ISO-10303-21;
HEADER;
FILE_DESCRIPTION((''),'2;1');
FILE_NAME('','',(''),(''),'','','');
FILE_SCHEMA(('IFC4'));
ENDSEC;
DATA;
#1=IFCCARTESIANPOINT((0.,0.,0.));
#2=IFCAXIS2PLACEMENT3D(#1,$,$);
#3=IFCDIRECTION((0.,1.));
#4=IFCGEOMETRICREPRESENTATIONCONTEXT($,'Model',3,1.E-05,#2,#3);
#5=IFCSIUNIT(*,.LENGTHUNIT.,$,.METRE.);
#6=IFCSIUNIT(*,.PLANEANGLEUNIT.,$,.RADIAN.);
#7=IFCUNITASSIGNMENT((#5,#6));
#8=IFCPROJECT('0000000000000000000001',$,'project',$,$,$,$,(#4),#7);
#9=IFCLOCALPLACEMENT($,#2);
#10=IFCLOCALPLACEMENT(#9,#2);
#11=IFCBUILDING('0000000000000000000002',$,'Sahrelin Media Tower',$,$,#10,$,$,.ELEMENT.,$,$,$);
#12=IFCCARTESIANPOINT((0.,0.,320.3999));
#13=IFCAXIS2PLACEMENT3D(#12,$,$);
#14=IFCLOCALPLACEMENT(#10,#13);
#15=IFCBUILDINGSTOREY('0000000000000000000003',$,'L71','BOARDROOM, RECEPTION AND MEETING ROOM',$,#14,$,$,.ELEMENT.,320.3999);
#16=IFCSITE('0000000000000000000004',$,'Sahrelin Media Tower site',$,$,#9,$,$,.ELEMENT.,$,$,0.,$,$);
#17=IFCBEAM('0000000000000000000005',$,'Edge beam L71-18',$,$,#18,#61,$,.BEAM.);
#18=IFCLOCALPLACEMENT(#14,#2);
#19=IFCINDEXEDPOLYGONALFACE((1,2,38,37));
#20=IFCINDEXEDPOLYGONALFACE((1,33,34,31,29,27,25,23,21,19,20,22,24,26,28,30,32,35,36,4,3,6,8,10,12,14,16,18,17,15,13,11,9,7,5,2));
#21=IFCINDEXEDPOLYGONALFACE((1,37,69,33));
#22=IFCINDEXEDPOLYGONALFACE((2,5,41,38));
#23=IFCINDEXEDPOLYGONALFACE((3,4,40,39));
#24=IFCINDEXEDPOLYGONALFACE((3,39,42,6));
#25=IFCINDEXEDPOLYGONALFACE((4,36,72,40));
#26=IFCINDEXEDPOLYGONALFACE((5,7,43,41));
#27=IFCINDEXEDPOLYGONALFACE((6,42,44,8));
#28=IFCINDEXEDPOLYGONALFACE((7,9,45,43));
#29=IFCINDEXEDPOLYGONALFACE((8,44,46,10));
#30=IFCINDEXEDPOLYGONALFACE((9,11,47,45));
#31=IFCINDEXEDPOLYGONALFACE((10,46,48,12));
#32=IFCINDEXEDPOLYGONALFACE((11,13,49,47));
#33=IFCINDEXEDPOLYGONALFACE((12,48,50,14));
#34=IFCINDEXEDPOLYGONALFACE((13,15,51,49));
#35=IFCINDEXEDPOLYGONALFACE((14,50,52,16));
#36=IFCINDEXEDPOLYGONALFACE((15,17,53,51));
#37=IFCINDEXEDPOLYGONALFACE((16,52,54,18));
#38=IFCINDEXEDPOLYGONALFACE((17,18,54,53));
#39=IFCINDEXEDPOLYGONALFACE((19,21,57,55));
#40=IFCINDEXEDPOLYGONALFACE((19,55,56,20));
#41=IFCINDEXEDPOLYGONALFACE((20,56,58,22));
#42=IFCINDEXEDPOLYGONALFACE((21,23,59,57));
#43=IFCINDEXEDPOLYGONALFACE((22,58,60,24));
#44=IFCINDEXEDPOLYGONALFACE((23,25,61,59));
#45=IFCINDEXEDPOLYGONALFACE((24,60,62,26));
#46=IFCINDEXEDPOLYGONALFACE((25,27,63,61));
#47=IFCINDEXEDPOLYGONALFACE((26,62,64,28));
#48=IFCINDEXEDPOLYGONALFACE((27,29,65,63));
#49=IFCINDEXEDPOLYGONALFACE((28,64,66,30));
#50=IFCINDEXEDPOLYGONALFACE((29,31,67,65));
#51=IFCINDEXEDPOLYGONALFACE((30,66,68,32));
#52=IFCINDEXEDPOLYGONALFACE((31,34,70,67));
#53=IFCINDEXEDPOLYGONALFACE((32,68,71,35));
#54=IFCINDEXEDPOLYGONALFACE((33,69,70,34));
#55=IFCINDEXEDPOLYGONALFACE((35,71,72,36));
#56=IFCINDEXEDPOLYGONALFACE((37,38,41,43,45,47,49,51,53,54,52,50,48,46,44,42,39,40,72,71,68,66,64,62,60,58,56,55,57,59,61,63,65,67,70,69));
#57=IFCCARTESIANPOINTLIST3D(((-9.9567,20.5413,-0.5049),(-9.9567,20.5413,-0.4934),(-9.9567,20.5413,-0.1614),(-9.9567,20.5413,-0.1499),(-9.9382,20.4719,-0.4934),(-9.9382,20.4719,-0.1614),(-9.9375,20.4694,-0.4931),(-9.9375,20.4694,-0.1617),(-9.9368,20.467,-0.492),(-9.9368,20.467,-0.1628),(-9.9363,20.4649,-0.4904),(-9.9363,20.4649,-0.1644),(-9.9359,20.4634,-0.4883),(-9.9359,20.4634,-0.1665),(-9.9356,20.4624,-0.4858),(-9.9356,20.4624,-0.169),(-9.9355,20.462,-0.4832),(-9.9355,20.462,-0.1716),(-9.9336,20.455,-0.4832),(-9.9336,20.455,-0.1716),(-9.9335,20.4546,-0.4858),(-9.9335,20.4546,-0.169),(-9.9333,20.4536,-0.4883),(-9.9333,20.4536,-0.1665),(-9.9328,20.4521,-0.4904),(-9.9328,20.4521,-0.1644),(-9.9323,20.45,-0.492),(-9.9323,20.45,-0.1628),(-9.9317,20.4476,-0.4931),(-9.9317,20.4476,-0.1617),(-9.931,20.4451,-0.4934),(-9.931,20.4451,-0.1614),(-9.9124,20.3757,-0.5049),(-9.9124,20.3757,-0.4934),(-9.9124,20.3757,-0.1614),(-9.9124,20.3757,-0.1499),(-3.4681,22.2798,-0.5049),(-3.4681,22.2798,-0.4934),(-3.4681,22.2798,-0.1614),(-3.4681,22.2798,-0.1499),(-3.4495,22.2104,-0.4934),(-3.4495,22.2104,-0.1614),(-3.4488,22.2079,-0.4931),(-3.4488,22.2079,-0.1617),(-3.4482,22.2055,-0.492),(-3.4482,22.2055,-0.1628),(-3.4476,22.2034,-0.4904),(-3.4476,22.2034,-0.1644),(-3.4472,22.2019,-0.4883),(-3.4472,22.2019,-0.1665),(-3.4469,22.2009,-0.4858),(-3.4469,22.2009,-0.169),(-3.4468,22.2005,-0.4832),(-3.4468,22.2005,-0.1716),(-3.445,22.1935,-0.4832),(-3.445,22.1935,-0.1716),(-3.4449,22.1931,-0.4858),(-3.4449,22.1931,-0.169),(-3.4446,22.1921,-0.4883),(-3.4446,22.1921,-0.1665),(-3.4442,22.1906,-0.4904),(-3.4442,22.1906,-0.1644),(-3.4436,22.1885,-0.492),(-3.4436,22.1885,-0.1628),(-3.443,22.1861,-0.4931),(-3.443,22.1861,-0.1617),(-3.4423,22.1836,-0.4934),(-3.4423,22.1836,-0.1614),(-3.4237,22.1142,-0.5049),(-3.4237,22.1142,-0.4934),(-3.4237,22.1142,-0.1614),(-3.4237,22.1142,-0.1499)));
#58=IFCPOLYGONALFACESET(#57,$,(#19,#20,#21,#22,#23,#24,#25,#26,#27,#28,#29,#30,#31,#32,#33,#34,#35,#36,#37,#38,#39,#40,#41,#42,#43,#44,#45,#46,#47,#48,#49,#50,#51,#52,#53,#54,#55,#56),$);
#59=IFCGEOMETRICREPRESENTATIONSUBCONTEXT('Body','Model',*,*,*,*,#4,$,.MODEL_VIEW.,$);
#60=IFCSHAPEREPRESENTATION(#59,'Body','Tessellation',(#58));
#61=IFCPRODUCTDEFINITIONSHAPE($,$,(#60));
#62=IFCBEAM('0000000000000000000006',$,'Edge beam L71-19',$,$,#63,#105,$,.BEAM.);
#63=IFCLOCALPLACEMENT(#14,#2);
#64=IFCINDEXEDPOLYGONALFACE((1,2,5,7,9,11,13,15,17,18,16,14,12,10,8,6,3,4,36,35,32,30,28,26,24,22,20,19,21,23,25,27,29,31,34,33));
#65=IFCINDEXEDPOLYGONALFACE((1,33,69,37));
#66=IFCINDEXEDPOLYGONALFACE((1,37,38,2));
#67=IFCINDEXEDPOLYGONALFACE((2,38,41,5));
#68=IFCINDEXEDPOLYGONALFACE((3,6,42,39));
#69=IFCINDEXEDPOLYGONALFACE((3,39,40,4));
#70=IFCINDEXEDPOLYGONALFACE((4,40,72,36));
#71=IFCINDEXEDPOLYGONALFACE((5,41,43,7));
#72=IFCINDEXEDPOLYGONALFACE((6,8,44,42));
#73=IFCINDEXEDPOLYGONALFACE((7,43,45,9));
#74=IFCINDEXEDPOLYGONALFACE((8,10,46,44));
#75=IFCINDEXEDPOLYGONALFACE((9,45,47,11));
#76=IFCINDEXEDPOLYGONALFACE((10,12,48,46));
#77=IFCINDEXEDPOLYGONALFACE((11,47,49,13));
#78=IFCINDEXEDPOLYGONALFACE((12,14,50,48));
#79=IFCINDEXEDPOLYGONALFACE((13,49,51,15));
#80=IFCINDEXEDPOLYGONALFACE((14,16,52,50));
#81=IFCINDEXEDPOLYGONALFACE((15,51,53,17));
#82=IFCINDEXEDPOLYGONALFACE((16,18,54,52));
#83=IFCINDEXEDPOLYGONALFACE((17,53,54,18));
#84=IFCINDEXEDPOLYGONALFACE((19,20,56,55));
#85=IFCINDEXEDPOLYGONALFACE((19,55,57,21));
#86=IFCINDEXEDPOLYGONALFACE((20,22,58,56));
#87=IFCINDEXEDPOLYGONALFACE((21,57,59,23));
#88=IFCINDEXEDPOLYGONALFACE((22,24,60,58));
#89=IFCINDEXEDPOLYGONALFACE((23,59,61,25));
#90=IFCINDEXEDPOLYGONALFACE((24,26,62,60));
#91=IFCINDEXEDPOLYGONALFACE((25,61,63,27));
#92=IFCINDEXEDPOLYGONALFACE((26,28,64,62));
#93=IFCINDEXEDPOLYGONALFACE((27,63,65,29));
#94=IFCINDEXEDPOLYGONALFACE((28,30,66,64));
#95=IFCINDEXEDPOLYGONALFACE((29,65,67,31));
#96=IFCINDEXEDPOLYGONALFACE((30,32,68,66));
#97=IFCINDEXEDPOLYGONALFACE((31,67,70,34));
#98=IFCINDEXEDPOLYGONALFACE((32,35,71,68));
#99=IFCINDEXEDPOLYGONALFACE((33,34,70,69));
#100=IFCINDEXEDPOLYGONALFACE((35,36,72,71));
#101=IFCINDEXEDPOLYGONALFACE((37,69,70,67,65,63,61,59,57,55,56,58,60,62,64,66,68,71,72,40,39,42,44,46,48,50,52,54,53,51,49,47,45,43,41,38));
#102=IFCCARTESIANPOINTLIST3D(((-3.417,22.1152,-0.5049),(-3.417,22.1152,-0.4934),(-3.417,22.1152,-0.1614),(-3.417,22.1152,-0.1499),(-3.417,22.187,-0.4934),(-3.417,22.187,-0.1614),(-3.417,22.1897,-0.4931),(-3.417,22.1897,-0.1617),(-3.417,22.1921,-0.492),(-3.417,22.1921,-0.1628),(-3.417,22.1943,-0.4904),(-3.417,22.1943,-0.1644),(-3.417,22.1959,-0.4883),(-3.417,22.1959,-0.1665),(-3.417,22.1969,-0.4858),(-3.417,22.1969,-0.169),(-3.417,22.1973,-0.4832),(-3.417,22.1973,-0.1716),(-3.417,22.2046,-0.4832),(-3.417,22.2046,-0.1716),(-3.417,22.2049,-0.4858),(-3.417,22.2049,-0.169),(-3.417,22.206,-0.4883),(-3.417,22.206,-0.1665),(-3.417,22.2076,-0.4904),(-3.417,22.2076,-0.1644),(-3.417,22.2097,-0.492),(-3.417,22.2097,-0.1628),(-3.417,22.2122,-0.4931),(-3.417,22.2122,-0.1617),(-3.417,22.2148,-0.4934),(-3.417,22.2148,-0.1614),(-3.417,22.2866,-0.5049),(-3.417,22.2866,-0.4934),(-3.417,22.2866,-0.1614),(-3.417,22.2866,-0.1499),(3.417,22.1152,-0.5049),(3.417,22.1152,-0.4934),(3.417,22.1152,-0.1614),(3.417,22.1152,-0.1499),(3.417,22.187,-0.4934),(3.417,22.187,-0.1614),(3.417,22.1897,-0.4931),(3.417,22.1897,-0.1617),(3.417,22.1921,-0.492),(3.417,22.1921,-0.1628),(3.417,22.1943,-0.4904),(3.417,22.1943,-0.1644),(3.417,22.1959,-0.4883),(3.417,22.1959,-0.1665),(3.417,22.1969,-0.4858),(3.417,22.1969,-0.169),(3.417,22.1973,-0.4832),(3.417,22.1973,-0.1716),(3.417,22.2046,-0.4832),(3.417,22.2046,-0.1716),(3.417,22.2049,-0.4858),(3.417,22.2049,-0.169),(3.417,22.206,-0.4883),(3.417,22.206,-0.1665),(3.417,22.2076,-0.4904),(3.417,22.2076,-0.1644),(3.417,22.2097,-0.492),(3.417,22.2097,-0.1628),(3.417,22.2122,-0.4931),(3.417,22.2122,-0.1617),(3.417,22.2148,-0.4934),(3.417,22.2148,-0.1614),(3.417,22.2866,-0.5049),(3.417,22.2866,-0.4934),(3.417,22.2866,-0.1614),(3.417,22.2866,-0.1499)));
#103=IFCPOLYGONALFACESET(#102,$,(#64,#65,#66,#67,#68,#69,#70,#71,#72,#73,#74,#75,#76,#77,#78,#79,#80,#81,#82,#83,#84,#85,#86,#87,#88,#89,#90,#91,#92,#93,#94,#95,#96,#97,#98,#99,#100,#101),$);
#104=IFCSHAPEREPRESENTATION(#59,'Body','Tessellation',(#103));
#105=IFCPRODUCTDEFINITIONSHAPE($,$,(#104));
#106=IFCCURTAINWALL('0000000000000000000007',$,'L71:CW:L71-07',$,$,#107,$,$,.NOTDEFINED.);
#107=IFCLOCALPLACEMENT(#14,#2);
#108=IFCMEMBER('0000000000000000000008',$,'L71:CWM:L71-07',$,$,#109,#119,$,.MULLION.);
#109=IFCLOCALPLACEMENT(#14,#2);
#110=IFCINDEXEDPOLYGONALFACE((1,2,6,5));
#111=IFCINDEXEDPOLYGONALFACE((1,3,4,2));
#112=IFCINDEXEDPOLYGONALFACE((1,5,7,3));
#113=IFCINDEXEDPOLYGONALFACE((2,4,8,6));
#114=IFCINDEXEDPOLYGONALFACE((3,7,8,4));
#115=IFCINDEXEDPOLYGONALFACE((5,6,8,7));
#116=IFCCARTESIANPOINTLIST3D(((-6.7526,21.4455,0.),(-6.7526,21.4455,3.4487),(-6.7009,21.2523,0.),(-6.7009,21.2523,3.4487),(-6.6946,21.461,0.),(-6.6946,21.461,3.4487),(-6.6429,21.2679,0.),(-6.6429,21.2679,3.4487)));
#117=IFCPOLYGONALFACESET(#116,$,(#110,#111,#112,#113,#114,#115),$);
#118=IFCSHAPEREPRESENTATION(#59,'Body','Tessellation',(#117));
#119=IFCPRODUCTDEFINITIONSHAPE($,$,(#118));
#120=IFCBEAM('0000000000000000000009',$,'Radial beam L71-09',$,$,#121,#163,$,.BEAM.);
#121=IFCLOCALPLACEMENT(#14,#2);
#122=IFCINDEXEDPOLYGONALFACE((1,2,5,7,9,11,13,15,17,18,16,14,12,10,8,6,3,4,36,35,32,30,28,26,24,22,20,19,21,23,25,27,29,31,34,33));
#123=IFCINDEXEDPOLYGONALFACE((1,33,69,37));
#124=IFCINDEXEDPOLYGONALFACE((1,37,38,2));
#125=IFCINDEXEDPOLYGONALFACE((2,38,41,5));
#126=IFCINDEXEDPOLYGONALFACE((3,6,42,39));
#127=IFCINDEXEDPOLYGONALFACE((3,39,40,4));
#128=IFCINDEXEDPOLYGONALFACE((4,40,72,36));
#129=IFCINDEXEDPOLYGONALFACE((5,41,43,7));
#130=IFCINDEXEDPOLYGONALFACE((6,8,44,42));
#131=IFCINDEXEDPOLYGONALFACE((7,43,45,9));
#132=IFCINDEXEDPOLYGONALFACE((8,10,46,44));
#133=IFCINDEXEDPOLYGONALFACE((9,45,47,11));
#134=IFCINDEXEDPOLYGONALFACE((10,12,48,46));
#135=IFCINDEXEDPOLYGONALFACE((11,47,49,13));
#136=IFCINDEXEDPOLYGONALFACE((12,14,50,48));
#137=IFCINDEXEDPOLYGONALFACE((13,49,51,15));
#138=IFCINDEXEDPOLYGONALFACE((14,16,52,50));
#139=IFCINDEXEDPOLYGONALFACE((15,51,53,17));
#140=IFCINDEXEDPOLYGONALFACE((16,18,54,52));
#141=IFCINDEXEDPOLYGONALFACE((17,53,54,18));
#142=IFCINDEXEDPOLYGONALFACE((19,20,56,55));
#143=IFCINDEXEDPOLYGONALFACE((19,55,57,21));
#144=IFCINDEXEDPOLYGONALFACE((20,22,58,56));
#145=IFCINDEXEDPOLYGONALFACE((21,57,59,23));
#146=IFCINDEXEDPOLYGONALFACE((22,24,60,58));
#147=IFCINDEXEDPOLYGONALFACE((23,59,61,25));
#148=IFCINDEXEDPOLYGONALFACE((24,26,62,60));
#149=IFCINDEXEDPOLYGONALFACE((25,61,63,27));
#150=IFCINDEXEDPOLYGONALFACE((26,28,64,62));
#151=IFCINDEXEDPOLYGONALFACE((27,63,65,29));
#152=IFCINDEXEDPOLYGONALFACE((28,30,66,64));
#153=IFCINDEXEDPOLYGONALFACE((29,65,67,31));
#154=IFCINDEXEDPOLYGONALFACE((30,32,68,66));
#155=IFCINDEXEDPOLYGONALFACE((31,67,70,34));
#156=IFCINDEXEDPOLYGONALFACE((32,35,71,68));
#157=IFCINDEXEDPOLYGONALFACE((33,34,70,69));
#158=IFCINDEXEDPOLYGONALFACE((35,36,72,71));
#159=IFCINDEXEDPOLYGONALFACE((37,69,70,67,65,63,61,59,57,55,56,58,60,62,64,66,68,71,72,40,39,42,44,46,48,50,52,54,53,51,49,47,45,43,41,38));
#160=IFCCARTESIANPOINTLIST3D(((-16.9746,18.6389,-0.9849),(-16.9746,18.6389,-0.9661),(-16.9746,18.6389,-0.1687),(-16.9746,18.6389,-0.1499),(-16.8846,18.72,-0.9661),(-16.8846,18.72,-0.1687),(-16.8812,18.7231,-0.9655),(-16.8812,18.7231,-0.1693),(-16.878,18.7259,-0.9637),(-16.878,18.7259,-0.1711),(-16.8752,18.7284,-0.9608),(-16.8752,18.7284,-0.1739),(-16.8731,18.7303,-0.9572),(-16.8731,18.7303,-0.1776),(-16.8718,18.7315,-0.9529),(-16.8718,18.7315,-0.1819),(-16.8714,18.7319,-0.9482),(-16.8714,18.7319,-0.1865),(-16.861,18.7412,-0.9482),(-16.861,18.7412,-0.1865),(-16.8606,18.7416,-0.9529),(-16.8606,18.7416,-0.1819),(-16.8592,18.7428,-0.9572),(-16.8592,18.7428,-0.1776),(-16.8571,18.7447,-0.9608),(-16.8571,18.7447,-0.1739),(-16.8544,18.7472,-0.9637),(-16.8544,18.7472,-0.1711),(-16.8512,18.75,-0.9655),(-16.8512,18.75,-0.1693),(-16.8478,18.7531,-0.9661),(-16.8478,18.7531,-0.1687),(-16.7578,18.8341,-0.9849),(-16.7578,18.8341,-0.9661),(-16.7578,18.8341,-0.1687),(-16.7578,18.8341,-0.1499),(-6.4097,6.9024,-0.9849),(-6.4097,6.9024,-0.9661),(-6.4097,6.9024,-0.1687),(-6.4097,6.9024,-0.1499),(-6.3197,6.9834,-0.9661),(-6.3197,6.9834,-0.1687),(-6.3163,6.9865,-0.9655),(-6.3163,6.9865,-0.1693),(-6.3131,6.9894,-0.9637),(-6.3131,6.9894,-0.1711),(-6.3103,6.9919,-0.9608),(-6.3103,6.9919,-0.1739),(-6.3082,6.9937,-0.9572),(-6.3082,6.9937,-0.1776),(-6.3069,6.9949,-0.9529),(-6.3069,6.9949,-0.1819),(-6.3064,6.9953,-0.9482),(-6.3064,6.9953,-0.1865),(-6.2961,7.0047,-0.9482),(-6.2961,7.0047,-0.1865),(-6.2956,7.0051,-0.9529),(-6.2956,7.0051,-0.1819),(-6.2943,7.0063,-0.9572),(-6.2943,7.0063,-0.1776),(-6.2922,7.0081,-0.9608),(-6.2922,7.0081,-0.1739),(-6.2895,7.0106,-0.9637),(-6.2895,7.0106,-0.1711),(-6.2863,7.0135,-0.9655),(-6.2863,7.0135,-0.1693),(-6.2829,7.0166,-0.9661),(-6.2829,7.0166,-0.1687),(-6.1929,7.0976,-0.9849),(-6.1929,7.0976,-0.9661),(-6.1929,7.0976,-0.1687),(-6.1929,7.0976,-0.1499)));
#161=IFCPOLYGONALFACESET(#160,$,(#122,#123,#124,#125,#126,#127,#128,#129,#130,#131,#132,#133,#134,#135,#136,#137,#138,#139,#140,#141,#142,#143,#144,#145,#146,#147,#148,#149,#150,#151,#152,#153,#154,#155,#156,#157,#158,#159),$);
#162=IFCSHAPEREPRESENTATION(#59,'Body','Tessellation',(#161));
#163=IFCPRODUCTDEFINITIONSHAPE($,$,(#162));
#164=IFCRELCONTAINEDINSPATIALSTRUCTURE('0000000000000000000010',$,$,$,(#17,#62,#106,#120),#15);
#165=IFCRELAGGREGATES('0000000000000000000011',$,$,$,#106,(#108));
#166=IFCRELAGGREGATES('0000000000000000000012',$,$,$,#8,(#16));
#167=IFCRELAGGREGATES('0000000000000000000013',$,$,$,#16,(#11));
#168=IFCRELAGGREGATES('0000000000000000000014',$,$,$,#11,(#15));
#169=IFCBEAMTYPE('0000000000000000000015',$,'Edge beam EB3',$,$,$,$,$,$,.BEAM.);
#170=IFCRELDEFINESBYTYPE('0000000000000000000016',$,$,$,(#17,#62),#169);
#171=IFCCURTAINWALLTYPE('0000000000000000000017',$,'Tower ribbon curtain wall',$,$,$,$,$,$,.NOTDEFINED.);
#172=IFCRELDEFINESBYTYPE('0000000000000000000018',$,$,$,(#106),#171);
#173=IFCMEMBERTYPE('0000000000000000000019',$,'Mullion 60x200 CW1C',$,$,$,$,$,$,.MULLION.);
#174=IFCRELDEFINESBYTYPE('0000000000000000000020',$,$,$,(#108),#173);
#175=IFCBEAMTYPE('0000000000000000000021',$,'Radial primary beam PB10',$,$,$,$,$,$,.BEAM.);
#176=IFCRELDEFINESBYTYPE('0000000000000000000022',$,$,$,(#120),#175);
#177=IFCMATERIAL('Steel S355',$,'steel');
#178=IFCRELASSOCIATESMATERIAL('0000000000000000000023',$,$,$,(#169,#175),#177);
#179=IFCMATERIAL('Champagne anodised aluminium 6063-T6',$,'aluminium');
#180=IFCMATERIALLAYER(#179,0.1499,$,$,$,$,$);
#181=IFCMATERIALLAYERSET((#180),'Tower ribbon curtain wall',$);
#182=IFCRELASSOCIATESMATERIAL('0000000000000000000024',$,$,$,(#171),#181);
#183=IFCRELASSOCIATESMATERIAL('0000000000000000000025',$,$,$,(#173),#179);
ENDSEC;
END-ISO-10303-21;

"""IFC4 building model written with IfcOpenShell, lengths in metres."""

from ifc_helpers import new_model, si_unit, direction, frame, origin, origin_2d, place, context, subcontext, project, spatial, rectangle, i_section, extrude, material, layer, layer_set, material_profile, profile_set, type_object, element, aggregate, save


model = new_model("IFC4")

# Units and contexts
model_context = context("Model", 3, precision=1e-05, world=origin(), true_north=direction((0.0, 1.0)))
body_context = subcontext(model_context, "Body", "Model", "MODEL_VIEW")
ifc_project = project(units=[si_unit("LENGTHUNIT", "METRE"), si_unit("PLANEANGLEUNIT", "RADIAN")], contexts=[model_context])

# Site, building, storey
site_placement = place(None, origin())
site = spatial("IfcSite", under=ifc_project, at=site_placement, Name="Sahrelin Media Tower site", CompositionType="ELEMENT", RefElevation=0.0)
building_placement = place(site_placement, origin())
building = spatial("IfcBuilding", under=site, at=building_placement, Name="Sahrelin Media Tower", CompositionType="ELEMENT")
storey_placement = place(building_placement, frame((0.0, 0.0, 320.3999)))
storey = spatial("IfcBuildingStorey", under=building, at=storey_placement, Name="L71", Description="BOARDROOM, RECEPTION AND MEETING ROOM", CompositionType="ELEMENT", Elevation=320.3999)

# Beams
ifc_material_1 = material(Name="Steel S355", Category="steel")
ifc_material_profile_1 = material_profile(ifc_material_1, i_section(OverallWidth=0.1714, OverallDepth=0.355, WebThickness=0.0073, FlangeThickness=0.0115, FilletRadius=0.0103, at=origin_2d()), Name="UB 356x171x51")
ifc_profile_set_1 = profile_set([ifc_material_profile_1], Name="Steel S355")
beam_type_1 = type_object("IfcBeamType", Name="Edge beam EB3", PredefinedType="BEAM", material=ifc_profile_set_1)
beam_1_placement = place(storey_placement, frame((-9.9346, 20.4585, -0.3274), z_axis=(0.965931, 0.2588, 0.0), x_axis=(-0.2588, 0.965931, 0.0)))
element("IfcBeam", 1, at=beam_1_placement, inside=storey, type_object=beam_type_1, Name="Edge beam L71-18", PredefinedType="BEAM", context=body_context, shape_type="SweptSolid", body=[
    extrude(i_section(OverallWidth=0.1714, OverallDepth=0.355, WebThickness=0.0073, FlangeThickness=0.0115, FilletRadius=0.0103, at=origin_2d()), origin(), (0.0, 0.0, 1.0), 6.7175),
])
beam_2_placement = place(storey_placement, frame((-3.417, 22.2009, -0.3274), z_axis=(1.0, 0.0, 0.0), x_axis=(0.0, 1.0, 0.0)))
element("IfcBeam", 2, at=beam_2_placement, inside=storey, type_object=beam_type_1, Name="Edge beam L71-19", PredefinedType="BEAM", context=body_context, shape_type="SweptSolid", body=[
    extrude(i_section(OverallWidth=0.1714, OverallDepth=0.355, WebThickness=0.0073, FlangeThickness=0.0115, FilletRadius=0.0103, at=origin_2d()), origin(), (0.0, 0.0, 1.0), 6.834),
])

# Curtain wall, member
ifc_material_2 = material(Name="Champagne anodised aluminium 6063-T6", Category="aluminium")
ifc_layer_1 = layer(ifc_material_2, 0.1499)
ifc_layer_set_1 = layer_set([ifc_layer_1], Name="Tower ribbon curtain wall")
curtain_wall_type = type_object("IfcCurtainWallType", Name="Tower ribbon curtain wall", PredefinedType="NOTDEFINED", material=ifc_layer_set_1)
curtain_wall_1_placement = place(storey_placement, frame((-6.729, 21.4727, 0.0), z_axis=(0.0, 0.0, 1.0), x_axis=(1.0, 0.0, 0.0)))
curtain_wall_1 = element("IfcCurtainWall", 3, at=curtain_wall_1_placement, inside=storey, type_object=curtain_wall_type, Name="L71:CW:L71-07", PredefinedType="NOTDEFINED")
ifc_material_profile_2 = material_profile(ifc_material_2, rectangle(XDim=0.0601, YDim=0.2, at=origin_2d()), Name="Mullion 60x200")
ifc_profile_set_2 = profile_set([ifc_material_profile_2], Name="Champagne anodised aluminium 6063-T6")
member_type_1 = type_object("IfcMemberType", Name="Mullion 60x200 CW1C", PredefinedType="MULLION", material=ifc_profile_set_2)
member_1_placement = place(storey_placement, frame((-6.6978, 21.3567, 0.0), z_axis=(0.0, 0.0, 1.0), x_axis=(-0.965926, -0.258817, 0.0)))
member_1 = element("IfcMember", 4, at=member_1_placement, type_object=member_type_1, Name="L71:CWM:L71-07", PredefinedType="MULLION", context=body_context, shape_type="SweptSolid", body=[
    extrude(rectangle(XDim=0.0601, YDim=0.2, at=origin_2d()), origin(), (0.0, 0.0, 1.0), 3.4487),
])

# Beam
ifc_material_profile_3 = material_profile(ifc_material_1, i_section(OverallWidth=0.2917, OverallDepth=0.835, WebThickness=0.0139, FlangeThickness=0.0188, FilletRadius=0.0178, at=origin_2d()), Name="UB 838x292x176")
ifc_profile_set_3 = profile_set([ifc_material_profile_3], Name="Steel S355")
beam_type_2 = type_object("IfcBeamType", Name="Radial primary beam PB10", PredefinedType="BEAM", material=ifc_profile_set_3)
beam_3_placement = place(storey_placement, frame((-6.3013, 7.0, -0.5674), z_axis=(-0.669036, 0.74323, 0.0), x_axis=(-0.74323, -0.669036, 0.0)))
element("IfcBeam", 5, at=beam_3_placement, inside=storey, type_object=beam_type_2, Name="Radial beam L71-09", PredefinedType="BEAM", context=body_context, shape_type="SweptSolid", body=[
    extrude(i_section(OverallWidth=0.2917, OverallDepth=0.835, WebThickness=0.0139, FlangeThickness=0.0188, FilletRadius=0.0178, at=origin_2d()), origin(), (0.0, 0.0, 1.0), 15.7913),
])

aggregate(curtain_wall_1, [member_1])

save(model, "model.ifc")
